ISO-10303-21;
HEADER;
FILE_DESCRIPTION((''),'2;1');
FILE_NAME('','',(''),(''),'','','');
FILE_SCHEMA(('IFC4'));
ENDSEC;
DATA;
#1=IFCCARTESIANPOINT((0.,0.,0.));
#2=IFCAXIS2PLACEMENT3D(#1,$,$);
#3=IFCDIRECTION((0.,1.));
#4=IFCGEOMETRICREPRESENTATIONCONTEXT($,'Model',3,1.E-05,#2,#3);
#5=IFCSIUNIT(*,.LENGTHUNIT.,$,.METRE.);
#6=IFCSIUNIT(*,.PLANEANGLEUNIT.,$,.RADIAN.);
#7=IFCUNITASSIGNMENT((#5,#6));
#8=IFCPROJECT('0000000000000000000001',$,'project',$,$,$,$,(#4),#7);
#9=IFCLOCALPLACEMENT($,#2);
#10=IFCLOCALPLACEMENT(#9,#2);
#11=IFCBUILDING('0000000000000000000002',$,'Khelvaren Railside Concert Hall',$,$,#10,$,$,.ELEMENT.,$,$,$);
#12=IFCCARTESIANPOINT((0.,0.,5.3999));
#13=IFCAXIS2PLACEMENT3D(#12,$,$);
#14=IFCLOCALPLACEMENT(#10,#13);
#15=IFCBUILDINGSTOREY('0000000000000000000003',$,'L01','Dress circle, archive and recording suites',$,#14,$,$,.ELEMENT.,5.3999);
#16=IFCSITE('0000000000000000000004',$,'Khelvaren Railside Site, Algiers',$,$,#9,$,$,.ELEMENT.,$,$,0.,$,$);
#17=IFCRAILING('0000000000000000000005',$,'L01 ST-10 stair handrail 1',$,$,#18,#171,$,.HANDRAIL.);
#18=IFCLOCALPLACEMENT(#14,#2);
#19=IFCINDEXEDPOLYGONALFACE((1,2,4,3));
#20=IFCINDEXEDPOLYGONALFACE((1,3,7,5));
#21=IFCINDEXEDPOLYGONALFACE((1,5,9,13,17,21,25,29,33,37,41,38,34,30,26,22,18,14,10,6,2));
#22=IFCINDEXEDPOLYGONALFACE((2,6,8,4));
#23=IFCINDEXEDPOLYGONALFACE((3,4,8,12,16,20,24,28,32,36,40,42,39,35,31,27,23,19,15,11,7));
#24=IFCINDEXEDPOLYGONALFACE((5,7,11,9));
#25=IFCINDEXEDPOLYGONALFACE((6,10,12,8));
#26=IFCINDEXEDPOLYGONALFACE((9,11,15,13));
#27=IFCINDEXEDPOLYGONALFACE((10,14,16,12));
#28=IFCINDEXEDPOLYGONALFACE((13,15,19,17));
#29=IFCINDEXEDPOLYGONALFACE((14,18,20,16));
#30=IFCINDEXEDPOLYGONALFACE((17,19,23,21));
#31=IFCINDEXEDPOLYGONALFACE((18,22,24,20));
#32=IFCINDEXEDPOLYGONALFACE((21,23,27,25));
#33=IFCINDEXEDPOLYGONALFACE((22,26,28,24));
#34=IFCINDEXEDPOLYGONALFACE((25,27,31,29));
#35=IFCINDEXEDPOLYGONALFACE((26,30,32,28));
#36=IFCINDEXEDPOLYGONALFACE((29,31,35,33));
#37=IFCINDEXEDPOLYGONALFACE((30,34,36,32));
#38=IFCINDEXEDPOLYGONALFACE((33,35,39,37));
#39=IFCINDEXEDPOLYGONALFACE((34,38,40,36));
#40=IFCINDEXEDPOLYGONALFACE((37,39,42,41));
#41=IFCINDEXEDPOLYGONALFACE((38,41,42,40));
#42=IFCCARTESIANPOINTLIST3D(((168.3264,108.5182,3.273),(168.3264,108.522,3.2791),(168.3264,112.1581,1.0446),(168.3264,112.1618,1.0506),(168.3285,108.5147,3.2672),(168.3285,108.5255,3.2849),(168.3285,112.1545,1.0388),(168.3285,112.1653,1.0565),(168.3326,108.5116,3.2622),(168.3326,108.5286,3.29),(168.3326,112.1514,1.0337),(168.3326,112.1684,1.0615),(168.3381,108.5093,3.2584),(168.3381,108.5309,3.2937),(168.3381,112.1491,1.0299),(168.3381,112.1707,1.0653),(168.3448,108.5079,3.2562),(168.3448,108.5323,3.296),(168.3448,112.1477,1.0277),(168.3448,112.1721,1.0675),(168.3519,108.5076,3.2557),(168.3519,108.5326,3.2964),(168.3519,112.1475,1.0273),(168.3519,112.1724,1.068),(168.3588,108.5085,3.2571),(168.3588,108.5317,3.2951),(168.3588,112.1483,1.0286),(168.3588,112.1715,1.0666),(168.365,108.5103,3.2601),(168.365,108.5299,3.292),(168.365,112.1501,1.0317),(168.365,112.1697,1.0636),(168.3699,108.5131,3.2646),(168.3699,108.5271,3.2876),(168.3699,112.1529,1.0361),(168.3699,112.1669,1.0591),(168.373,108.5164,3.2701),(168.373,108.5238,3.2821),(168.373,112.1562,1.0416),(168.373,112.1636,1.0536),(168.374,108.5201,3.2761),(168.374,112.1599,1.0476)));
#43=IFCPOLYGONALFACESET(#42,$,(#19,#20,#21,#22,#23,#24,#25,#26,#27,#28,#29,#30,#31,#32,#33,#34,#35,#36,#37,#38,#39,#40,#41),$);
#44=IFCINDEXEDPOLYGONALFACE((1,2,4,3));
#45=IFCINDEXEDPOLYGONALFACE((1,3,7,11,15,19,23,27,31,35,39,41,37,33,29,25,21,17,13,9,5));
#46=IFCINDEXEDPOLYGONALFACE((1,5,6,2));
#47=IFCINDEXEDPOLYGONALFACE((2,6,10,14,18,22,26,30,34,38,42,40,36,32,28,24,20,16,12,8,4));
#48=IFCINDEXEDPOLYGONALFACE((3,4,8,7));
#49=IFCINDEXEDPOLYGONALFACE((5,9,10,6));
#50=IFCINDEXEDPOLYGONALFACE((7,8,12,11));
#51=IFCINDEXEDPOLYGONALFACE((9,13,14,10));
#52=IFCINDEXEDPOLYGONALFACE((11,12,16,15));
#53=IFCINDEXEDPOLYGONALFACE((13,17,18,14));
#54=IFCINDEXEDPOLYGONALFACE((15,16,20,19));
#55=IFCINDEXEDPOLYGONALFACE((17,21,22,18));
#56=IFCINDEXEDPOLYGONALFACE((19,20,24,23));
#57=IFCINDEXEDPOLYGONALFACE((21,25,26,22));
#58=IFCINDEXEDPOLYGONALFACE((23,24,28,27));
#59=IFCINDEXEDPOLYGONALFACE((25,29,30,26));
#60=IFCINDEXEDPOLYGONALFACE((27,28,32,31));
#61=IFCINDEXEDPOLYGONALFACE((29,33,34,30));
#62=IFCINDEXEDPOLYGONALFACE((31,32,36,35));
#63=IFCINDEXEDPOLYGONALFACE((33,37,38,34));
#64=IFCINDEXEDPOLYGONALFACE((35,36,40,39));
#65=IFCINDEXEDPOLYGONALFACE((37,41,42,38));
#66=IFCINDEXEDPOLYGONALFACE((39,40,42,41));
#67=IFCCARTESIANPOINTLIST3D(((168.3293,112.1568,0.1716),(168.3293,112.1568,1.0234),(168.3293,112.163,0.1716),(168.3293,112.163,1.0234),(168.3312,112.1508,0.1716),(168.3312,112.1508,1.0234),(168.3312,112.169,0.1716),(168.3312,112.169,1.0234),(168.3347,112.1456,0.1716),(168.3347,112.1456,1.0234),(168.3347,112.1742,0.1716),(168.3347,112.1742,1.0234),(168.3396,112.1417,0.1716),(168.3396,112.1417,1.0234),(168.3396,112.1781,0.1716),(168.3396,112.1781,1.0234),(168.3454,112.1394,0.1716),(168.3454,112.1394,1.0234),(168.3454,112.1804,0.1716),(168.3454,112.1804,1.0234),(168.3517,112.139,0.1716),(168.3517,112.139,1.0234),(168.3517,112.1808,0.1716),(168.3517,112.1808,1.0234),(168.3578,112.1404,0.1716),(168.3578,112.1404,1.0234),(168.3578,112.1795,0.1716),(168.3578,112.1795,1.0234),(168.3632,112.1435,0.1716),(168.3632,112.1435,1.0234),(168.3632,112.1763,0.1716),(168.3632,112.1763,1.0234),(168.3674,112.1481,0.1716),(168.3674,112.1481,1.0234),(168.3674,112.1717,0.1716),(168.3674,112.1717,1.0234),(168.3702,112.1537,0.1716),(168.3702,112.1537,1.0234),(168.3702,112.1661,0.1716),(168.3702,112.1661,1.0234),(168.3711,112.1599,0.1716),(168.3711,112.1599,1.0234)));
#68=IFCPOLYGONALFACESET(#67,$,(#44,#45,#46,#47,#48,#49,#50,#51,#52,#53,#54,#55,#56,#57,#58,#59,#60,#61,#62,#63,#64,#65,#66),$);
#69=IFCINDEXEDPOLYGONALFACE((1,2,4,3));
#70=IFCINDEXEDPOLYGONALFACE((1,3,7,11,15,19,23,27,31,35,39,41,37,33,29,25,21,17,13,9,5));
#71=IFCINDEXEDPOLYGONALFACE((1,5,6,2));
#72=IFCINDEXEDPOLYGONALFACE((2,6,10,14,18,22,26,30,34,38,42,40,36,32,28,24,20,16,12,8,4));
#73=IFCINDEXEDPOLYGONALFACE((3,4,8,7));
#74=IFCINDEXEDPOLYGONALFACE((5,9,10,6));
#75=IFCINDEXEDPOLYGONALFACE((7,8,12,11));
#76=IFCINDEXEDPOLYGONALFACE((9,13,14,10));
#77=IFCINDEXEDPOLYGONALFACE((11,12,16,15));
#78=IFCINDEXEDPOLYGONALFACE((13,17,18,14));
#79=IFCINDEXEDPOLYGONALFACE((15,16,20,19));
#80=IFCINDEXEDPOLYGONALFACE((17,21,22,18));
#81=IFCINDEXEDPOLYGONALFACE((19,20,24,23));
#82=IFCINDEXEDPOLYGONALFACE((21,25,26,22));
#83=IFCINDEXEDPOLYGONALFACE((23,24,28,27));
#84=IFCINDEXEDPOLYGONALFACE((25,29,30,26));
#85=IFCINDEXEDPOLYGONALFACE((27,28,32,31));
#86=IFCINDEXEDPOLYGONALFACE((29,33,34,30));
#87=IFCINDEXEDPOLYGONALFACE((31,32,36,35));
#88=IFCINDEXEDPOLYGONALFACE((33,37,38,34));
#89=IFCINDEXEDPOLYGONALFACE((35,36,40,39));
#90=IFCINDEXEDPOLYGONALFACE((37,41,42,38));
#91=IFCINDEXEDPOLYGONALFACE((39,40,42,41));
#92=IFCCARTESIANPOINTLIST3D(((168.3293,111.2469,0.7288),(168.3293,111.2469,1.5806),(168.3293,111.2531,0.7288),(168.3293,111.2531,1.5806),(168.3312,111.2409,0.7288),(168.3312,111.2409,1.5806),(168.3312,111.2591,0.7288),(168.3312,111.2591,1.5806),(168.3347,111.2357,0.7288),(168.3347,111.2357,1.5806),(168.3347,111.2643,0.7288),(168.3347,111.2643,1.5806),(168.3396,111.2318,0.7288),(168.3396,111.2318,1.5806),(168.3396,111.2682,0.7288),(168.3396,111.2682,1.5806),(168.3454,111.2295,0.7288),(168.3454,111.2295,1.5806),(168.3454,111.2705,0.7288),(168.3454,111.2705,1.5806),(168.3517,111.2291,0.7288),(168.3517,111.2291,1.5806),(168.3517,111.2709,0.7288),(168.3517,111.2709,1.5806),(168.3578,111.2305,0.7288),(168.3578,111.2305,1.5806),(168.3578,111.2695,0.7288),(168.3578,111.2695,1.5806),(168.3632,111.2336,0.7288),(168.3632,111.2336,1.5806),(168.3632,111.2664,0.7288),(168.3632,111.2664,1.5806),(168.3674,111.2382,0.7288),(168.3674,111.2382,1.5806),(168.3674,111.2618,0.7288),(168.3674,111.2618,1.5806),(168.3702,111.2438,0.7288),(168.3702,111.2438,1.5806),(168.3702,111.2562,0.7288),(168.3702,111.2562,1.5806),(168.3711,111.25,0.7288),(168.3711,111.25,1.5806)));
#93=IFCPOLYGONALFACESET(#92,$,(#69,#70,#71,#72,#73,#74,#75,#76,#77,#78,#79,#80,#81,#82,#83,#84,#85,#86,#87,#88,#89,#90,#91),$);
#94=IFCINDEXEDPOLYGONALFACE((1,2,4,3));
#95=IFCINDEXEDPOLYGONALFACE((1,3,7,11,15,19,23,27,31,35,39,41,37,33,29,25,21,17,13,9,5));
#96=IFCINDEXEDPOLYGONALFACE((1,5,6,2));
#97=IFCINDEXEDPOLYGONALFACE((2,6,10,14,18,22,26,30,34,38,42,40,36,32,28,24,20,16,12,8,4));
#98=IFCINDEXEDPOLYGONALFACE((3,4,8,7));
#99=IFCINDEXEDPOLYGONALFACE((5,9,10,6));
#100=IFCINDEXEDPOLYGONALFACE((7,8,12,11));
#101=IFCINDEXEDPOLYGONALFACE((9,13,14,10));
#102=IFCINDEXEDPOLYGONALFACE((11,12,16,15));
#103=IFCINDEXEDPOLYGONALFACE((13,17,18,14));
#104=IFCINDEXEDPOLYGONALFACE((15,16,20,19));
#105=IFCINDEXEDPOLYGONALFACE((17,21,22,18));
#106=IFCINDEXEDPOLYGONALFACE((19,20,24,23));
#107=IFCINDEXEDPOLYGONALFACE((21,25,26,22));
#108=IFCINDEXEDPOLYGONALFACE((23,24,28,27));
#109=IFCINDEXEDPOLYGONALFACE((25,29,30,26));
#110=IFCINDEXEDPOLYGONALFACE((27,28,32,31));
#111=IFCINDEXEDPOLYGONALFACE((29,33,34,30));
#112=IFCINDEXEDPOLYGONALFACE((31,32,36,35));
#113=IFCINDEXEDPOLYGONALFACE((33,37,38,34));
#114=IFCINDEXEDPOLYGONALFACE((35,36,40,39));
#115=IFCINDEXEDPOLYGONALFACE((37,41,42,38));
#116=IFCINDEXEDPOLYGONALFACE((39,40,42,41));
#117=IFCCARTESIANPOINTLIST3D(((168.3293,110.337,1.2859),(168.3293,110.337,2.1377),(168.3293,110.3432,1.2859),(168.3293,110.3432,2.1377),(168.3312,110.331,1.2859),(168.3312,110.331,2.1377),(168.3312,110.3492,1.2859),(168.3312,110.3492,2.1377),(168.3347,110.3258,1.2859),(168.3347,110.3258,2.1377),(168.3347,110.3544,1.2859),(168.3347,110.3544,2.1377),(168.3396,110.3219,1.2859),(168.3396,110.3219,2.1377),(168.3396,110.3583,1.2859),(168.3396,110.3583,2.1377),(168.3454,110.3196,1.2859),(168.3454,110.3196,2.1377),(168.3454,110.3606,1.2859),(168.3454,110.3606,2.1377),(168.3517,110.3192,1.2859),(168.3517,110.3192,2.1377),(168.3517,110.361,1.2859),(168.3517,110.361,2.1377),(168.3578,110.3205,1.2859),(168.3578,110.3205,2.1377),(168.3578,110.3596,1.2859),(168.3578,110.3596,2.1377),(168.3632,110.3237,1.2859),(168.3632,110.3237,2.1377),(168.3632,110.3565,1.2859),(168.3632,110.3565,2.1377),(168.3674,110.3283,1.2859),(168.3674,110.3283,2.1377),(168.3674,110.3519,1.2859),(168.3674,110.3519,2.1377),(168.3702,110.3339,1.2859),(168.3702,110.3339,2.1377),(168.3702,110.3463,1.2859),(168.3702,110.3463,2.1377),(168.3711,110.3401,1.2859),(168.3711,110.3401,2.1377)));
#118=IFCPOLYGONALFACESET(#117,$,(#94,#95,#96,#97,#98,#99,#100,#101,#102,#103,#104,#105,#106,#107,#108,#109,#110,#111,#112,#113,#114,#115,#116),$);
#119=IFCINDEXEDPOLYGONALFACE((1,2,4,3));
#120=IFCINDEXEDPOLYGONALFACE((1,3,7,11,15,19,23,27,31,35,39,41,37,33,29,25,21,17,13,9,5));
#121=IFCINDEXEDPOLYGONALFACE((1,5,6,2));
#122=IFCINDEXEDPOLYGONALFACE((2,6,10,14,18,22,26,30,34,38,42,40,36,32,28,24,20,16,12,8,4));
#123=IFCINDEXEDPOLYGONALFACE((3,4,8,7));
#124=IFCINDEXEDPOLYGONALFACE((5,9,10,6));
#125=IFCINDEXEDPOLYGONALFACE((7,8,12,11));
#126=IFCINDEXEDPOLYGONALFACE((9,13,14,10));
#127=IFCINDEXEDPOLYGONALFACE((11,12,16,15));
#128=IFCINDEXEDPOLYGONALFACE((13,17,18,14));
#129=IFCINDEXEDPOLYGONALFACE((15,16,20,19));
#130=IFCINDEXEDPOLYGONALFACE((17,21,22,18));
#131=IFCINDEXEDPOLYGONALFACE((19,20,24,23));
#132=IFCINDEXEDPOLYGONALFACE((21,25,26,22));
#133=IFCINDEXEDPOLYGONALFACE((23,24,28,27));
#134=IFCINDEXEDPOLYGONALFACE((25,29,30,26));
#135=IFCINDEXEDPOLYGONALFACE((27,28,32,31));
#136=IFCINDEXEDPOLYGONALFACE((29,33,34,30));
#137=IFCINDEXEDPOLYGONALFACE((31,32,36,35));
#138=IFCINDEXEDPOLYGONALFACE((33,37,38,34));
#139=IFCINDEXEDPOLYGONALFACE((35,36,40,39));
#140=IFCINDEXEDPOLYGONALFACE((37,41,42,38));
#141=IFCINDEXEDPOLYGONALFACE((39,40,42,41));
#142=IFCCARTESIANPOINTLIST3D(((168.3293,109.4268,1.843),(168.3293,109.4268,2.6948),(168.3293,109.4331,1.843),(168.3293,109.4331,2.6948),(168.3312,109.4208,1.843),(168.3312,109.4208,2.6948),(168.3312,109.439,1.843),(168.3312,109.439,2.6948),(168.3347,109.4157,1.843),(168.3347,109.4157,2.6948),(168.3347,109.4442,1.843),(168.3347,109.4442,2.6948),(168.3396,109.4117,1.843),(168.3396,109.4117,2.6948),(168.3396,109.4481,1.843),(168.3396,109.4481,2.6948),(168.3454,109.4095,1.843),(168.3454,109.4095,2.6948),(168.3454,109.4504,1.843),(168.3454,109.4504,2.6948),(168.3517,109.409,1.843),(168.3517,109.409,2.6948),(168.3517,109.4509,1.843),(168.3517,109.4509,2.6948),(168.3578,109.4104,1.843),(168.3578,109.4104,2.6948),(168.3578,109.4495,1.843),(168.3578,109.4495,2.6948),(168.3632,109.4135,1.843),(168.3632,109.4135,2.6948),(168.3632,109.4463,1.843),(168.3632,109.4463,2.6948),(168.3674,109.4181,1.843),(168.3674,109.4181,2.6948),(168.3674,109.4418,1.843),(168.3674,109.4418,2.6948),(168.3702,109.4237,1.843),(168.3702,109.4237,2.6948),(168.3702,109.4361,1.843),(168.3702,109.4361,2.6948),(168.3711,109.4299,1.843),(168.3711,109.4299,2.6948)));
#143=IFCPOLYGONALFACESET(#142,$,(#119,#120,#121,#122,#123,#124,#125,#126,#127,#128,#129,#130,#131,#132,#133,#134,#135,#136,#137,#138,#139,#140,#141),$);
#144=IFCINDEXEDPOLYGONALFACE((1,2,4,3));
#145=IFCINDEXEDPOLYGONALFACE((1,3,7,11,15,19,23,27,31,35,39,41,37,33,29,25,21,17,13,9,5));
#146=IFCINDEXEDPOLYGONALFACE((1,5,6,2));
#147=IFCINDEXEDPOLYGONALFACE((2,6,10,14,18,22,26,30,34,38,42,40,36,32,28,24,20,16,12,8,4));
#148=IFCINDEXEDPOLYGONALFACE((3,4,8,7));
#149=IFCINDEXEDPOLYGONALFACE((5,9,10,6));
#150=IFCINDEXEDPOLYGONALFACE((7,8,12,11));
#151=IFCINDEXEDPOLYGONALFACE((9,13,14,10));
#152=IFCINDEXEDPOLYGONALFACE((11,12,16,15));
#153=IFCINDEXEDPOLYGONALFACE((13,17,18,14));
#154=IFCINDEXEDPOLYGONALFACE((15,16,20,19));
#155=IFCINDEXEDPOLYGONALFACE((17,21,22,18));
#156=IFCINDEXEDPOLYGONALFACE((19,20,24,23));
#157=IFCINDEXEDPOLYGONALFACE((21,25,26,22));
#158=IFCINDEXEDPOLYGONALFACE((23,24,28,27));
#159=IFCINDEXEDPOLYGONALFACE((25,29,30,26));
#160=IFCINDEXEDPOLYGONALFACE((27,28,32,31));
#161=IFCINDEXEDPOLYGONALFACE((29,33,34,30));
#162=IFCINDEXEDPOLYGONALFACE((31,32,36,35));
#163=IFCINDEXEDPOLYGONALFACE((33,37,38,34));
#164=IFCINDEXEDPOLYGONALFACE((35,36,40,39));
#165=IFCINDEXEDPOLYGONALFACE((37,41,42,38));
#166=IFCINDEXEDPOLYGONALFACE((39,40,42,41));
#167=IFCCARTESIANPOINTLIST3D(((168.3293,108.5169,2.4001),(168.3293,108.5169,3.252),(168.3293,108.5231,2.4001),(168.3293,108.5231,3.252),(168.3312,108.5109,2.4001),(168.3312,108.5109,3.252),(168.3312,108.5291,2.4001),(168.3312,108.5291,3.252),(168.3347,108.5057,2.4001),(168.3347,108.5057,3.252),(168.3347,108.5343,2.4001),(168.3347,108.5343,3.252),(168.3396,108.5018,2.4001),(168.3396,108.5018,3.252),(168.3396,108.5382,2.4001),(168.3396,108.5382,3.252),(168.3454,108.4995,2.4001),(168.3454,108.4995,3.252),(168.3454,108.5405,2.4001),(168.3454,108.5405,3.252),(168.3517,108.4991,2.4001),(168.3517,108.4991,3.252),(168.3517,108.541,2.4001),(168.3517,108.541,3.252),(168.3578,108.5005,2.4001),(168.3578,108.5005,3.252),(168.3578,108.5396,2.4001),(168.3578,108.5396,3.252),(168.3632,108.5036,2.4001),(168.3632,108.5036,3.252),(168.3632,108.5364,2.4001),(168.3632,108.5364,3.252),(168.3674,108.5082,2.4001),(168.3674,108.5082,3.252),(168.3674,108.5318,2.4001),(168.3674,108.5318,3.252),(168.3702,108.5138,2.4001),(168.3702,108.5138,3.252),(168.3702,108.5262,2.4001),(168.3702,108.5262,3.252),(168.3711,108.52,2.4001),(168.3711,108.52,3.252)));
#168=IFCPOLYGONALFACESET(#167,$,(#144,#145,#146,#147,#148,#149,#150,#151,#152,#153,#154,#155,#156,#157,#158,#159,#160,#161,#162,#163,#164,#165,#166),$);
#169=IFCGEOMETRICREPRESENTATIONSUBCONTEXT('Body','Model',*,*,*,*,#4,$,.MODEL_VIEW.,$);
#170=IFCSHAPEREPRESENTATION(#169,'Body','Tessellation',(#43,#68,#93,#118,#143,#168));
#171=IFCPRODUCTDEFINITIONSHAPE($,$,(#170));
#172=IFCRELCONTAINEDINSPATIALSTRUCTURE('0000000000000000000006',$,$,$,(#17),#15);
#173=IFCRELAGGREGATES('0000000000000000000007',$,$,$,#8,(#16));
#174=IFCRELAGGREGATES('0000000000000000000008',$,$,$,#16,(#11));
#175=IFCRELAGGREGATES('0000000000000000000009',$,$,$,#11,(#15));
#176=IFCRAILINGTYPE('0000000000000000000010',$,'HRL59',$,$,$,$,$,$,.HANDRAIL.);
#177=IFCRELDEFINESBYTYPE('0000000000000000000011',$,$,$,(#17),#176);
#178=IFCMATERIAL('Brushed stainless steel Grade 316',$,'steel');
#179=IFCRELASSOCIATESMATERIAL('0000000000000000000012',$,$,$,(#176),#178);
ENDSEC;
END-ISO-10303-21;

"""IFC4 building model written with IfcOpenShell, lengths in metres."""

from ifc_helpers import new_model, si_unit, direction, frame, origin, origin_2d, place, context, subcontext, project, spatial, circle, extrude, material, type_object, element, save


model = new_model("IFC4")

# Units and contexts
model_context = context("Model", 3, precision=1e-05, world=origin(), true_north=direction((0.0, 1.0)))
body_context = subcontext(model_context, "Body", "Model", "MODEL_VIEW")
ifc_project = project(units=[si_unit("LENGTHUNIT", "METRE"), si_unit("PLANEANGLEUNIT", "RADIAN")], contexts=[model_context])

# Site, building, storey
site_placement = place(None, origin())
site = spatial("IfcSite", under=ifc_project, at=site_placement, Name="Khelvaren Railside Site, Algiers", CompositionType="ELEMENT", RefElevation=0.0)
building_placement = place(site_placement, origin())
building = spatial("IfcBuilding", under=site, at=building_placement, Name="Khelvaren Railside Concert Hall", CompositionType="ELEMENT")
storey_placement = place(building_placement, frame((0.0, 0.0, 5.3999)))
storey = spatial("IfcBuildingStorey", under=building, at=storey_placement, Name="L01", Description="Dress circle, archive and recording suites", CompositionType="ELEMENT", Elevation=5.3999)

# Railing
ifc_material_1 = material(Name="Brushed stainless steel Grade 316", Category="steel")
railing_type_1 = type_object("IfcRailingType", Name="HRL59", PredefinedType="HANDRAIL", material=ifc_material_1)
railing_1_placement = place(storey_placement, frame((168.3501, 112.1599, 0.1716)))
element("IfcRailing", 1, at=railing_1_placement, inside=storey, type_object=railing_type_1, Name="L01 ST-10 stair handrail 1", PredefinedType="HANDRAIL", context=body_context, shape_type="SweptSolid", body=[
    extrude(circle(Radius=0.0239, at=origin_2d()), frame((0.0, 0.0, 0.876), z_axis=(0.0, -0.85285, 0.522156), x_axis=(1.0, 0.0, 0.0)), (0.0, 0.0, 1.0), 4.2678),
    extrude(circle(Radius=0.021, at=origin_2d()), origin(), (0.0, 0.0, 1.0), 0.8518),
    extrude(circle(Radius=0.021, at=origin_2d()), frame((0.0, -0.9099, 0.5571)), (0.0, 0.0, 1.0), 0.8518),
    extrude(circle(Radius=0.021, at=origin_2d()), frame((0.0, -1.8198, 1.1143)), (0.0, 0.0, 1.0), 0.8518),
    extrude(circle(Radius=0.021, at=origin_2d()), frame((0.0, -2.73, 1.6714)), (0.0, 0.0, 1.0), 0.8518),
    extrude(circle(Radius=0.021, at=origin_2d()), frame((0.0, -3.6399, 2.2285)), (0.0, 0.0, 1.0), 0.8518),
])

save(model, "model.ifc")
